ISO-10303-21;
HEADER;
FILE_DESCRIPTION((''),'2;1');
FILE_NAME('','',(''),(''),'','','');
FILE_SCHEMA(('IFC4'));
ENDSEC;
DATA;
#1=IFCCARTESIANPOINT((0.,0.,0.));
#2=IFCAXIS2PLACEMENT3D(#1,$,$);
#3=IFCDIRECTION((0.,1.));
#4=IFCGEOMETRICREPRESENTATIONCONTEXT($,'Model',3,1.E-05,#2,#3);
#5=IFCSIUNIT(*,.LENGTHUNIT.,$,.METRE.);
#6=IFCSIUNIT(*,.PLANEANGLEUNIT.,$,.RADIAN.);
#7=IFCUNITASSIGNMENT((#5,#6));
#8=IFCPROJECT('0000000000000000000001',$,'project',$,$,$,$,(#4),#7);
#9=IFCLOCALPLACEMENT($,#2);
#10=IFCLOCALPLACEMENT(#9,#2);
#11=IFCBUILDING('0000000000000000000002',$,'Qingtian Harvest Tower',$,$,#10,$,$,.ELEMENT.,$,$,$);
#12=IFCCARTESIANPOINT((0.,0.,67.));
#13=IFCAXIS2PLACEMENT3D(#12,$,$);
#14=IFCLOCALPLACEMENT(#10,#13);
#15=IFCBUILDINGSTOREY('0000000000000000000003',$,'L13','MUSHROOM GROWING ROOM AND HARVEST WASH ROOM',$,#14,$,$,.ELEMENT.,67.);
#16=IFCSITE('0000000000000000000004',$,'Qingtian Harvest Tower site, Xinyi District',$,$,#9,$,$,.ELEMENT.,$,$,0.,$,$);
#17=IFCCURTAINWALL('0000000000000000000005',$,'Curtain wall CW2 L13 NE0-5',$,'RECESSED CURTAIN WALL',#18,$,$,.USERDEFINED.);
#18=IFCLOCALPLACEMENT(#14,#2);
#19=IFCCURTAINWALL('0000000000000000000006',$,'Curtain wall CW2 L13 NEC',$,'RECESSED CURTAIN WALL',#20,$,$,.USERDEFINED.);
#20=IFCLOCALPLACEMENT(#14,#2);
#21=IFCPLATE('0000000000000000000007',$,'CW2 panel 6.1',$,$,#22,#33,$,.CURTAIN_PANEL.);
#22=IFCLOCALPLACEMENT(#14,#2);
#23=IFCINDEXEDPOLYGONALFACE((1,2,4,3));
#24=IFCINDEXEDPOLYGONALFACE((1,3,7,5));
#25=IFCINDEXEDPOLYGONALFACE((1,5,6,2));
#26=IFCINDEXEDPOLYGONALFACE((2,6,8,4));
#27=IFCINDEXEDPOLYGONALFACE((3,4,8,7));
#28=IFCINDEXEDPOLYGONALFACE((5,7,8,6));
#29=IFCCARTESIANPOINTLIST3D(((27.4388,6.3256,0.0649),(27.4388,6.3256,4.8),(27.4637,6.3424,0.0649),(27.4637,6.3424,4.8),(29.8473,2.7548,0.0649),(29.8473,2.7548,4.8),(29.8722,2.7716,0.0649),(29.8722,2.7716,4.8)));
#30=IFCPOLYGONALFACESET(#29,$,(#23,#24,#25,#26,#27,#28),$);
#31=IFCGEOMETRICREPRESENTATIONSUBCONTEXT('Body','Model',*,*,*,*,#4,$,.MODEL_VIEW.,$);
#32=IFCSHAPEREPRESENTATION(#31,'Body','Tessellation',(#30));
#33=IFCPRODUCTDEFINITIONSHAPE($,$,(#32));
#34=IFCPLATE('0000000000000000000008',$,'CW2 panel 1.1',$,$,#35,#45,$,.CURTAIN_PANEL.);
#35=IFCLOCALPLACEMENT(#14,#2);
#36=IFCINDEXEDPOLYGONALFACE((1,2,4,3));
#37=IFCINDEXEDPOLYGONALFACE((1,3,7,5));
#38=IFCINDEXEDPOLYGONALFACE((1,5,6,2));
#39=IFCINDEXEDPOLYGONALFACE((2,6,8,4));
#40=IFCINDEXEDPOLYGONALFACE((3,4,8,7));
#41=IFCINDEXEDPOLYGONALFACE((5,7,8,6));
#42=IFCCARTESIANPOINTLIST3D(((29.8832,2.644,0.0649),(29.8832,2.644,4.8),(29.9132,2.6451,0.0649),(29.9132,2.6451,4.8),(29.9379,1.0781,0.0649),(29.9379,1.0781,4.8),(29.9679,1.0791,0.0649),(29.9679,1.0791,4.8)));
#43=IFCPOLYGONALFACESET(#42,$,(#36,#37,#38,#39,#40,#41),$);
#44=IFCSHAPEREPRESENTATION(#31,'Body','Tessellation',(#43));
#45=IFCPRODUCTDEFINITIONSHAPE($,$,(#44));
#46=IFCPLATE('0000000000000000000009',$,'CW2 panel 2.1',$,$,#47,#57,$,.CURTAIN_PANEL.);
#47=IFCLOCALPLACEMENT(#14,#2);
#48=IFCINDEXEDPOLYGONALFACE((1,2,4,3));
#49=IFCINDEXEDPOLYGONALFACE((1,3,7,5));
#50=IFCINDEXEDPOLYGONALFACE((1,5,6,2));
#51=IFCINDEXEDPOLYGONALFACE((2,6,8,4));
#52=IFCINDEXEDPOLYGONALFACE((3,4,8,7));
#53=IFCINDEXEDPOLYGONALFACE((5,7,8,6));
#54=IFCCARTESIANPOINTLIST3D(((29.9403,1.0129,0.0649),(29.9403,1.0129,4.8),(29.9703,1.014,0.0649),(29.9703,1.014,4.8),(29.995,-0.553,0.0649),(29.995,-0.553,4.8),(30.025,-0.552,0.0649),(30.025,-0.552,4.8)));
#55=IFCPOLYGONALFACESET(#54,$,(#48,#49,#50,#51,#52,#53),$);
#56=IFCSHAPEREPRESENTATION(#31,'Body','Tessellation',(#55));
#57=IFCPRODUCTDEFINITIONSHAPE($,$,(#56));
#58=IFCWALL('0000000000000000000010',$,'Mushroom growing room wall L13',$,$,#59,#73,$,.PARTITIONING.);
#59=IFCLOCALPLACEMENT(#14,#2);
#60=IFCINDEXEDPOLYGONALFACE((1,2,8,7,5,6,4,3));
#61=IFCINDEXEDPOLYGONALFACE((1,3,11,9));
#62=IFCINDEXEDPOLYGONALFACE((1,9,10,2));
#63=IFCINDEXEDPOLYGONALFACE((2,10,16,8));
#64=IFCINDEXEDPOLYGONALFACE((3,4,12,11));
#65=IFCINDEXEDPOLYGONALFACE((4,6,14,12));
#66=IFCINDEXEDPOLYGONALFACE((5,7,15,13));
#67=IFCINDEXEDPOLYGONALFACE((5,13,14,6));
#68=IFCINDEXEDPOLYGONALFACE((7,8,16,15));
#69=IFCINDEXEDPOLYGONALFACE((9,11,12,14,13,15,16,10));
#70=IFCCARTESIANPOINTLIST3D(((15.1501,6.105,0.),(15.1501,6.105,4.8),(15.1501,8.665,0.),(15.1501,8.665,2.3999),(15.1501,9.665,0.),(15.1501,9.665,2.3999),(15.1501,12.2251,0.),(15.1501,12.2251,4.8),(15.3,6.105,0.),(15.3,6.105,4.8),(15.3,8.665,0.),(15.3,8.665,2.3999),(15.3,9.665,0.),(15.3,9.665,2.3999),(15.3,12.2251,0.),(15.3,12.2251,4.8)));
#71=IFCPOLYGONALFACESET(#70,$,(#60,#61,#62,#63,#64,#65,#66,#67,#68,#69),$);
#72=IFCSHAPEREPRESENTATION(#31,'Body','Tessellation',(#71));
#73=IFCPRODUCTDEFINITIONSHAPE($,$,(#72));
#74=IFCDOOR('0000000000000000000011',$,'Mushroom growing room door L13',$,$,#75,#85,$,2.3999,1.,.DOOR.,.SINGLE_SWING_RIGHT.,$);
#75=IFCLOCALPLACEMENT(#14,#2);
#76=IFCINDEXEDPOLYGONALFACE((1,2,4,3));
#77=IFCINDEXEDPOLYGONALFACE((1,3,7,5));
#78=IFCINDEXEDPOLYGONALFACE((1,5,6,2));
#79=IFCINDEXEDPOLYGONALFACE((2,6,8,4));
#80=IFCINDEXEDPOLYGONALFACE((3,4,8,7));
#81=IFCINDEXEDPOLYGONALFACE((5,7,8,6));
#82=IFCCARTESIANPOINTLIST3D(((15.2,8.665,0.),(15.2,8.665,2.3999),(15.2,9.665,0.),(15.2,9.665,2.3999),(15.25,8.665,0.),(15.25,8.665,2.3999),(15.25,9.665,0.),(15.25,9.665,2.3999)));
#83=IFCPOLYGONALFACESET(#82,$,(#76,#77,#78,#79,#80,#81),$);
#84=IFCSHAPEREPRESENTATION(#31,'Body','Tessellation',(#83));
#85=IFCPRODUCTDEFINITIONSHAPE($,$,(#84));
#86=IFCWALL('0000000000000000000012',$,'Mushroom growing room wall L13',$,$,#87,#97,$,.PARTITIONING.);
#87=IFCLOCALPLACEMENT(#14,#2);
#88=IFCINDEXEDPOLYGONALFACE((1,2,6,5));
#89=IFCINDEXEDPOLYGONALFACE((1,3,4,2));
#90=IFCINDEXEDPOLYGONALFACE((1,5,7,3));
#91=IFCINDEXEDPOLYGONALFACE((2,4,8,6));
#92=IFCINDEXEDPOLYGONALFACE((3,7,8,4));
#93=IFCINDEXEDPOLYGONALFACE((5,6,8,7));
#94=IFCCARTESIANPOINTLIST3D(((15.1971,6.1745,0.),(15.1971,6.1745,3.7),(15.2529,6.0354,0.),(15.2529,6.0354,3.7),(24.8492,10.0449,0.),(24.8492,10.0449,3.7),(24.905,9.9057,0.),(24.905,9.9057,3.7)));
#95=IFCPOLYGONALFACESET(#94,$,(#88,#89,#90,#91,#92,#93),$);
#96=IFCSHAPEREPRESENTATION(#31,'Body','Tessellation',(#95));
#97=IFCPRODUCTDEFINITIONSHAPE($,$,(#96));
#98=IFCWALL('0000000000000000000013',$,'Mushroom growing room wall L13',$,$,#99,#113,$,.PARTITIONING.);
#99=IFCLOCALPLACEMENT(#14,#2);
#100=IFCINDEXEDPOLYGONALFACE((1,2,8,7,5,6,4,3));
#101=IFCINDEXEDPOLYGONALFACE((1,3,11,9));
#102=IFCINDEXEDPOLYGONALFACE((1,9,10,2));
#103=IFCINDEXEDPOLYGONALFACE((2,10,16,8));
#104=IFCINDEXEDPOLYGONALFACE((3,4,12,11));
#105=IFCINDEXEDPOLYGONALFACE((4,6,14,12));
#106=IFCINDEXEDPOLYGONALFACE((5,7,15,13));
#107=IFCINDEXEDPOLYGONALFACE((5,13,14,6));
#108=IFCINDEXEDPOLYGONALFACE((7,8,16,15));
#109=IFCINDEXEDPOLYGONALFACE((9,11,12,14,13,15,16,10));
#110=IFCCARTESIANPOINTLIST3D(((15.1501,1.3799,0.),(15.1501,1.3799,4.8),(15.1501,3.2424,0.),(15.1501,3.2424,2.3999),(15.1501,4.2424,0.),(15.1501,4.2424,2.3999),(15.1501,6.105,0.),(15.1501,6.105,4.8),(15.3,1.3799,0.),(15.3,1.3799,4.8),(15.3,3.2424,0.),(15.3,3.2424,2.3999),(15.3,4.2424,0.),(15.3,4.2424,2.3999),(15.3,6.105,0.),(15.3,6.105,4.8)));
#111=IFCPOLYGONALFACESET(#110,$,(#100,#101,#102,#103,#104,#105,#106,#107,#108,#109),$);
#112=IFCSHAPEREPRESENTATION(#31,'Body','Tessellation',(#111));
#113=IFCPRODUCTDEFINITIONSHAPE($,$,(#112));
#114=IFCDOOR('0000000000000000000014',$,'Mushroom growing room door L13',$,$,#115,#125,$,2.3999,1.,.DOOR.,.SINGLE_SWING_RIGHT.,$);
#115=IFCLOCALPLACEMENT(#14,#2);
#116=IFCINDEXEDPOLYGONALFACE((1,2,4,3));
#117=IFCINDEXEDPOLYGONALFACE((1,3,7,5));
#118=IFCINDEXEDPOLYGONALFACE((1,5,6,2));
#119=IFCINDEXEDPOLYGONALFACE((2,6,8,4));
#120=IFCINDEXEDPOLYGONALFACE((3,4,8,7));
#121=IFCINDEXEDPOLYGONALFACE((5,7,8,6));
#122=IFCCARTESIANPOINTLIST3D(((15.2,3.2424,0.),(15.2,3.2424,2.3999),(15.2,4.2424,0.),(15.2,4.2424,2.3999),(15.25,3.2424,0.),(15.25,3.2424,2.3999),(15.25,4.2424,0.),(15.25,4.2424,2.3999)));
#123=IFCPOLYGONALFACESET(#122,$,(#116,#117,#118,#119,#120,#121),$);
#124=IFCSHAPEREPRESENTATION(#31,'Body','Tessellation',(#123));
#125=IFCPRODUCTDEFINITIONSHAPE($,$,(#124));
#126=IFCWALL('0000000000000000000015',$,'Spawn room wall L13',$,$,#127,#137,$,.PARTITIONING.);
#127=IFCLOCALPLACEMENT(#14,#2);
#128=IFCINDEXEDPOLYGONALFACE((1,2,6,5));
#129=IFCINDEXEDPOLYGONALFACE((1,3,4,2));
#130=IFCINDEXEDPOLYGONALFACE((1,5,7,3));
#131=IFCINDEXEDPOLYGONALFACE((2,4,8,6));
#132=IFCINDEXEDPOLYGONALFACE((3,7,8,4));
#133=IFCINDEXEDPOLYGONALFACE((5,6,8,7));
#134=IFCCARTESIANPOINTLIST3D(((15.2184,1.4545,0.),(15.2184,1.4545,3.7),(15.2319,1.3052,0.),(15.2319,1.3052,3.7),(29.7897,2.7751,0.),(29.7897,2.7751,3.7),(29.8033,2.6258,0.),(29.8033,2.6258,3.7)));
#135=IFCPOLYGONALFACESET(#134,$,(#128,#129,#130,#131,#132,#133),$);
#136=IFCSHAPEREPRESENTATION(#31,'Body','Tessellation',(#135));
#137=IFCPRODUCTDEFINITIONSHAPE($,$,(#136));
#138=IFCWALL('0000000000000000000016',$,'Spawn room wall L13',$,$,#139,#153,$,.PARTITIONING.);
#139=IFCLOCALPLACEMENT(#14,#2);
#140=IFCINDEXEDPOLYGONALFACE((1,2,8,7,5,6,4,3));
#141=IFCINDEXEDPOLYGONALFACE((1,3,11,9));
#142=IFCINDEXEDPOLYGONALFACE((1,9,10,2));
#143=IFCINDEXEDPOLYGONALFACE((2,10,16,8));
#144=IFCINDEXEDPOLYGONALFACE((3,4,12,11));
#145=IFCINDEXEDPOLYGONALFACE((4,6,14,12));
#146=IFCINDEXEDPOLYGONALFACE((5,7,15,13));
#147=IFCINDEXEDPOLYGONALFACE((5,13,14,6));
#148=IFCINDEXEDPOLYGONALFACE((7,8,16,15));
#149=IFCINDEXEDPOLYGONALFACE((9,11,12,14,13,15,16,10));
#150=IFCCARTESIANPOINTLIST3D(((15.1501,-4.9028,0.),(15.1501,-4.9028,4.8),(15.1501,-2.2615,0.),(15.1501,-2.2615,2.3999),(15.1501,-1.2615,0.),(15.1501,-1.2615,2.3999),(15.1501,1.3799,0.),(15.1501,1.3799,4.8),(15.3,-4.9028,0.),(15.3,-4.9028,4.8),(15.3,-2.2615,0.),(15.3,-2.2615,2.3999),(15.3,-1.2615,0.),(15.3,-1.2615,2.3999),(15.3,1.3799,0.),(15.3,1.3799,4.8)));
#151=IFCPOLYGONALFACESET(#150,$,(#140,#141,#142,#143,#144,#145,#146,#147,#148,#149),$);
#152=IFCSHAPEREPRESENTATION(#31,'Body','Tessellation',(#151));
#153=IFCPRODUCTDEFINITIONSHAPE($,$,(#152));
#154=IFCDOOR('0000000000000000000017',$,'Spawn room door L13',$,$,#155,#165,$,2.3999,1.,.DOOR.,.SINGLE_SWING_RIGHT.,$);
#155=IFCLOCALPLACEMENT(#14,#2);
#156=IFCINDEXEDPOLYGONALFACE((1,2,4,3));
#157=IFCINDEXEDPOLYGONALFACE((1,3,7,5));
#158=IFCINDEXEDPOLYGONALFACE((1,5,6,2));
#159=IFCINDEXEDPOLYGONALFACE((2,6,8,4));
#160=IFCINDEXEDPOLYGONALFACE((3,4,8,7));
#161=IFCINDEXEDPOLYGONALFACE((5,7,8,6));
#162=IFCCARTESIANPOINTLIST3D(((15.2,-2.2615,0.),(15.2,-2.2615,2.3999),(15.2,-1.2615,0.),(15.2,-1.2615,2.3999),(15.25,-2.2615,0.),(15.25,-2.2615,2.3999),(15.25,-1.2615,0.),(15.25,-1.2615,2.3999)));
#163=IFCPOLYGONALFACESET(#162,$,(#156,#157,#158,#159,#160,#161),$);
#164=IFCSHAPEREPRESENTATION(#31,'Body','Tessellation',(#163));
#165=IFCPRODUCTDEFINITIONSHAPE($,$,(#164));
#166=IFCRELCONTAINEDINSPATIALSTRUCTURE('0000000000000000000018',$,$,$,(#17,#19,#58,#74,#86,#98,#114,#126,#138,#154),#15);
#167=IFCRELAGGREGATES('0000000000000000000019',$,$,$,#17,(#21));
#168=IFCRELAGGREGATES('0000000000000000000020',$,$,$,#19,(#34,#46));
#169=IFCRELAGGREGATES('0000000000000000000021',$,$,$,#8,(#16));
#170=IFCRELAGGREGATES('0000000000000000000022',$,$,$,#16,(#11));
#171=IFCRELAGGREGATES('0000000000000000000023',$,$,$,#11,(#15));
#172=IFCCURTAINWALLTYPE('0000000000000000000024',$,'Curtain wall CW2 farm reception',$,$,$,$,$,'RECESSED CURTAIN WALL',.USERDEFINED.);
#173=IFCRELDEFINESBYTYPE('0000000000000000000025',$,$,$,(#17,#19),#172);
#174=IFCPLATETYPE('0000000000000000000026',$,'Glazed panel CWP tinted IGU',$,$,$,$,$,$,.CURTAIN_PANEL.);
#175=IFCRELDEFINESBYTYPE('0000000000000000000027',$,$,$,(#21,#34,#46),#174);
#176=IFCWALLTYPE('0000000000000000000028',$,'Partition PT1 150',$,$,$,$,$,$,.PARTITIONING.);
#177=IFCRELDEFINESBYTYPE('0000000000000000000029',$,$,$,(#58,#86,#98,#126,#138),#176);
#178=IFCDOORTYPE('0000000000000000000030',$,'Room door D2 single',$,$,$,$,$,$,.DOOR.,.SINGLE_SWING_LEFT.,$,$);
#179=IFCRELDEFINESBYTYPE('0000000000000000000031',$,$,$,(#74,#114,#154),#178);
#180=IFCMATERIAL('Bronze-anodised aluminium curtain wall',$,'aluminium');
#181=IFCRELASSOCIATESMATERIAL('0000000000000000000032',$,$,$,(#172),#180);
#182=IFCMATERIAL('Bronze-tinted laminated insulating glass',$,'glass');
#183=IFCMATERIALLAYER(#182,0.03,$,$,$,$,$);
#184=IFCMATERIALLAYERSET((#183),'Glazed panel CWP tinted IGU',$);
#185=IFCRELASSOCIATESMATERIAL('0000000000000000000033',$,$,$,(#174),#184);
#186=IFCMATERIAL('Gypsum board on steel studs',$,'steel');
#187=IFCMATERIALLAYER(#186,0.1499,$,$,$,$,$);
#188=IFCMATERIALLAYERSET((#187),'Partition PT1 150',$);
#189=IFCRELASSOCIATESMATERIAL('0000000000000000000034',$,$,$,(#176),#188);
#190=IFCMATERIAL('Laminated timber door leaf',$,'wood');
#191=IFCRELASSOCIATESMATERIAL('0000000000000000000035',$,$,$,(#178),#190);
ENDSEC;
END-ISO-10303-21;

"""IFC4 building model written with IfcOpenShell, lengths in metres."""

from ifc_helpers import new_model, si_unit, direction, frame, frame_2d, origin, origin_2d, place, context, subcontext, project, spatial, rectangle, extrude, material, layer, layer_set, type_object, element, fill, aggregate, save


model = new_model("IFC4")

# Units and contexts
model_context = context("Model", 3, precision=1e-05, world=origin(), true_north=direction((0.0, 1.0)))
body_context = subcontext(model_context, "Body", "Model", "MODEL_VIEW")
ifc_project = project(units=[si_unit("LENGTHUNIT", "METRE"), si_unit("PLANEANGLEUNIT", "RADIAN")], contexts=[model_context])

# Site, building, storey
site_placement = place(None, origin())
site = spatial("IfcSite", under=ifc_project, at=site_placement, Name="Qingtian Harvest Tower site, Xinyi District", CompositionType="ELEMENT", RefElevation=0.0)
building_placement = place(site_placement, origin())
building = spatial("IfcBuilding", under=site, at=building_placement, Name="Qingtian Harvest Tower", CompositionType="ELEMENT")
storey_placement = place(building_placement, frame((0.0, 0.0, 67.0)))
storey = spatial("IfcBuildingStorey", under=building, at=storey_placement, Name="L13", Description="MUSHROOM GROWING ROOM AND HARVEST WASH ROOM", CompositionType="ELEMENT", Elevation=67.0)

# Curtain walls
ifc_material_1 = material(Name="Bronze-anodised aluminium curtain wall", Category="aluminium")
curtain_wall_type = type_object("IfcCurtainWallType", Name="Curtain wall CW2 farm reception", ElementType="RECESSED CURTAIN WALL", PredefinedType="USERDEFINED", material=ifc_material_1)
curtain_wall_1_placement = place(storey_placement, origin())
curtain_wall_1 = element("IfcCurtainWall", 1, at=curtain_wall_1_placement, inside=storey, type_object=curtain_wall_type, Name="Curtain wall CW2 L13 NE0-5", ObjectType="RECESSED CURTAIN WALL", PredefinedType="USERDEFINED")
curtain_wall_2_placement = place(storey_placement, origin())
curtain_wall_2 = element("IfcCurtainWall", 2, at=curtain_wall_2_placement, inside=storey, type_object=curtain_wall_type, Name="Curtain wall CW2 L13 NEC", ObjectType="RECESSED CURTAIN WALL", PredefinedType="USERDEFINED")

# Plates
ifc_material_2 = material(Name="Bronze-tinted laminated insulating glass", Category="glass")
ifc_layer_1 = layer(ifc_material_2, 0.03)
ifc_layer_set_1 = layer_set([ifc_layer_1], Name="Glazed panel CWP tinted IGU")
plate_type = type_object("IfcPlateType", Name="Glazed panel CWP tinted IGU", PredefinedType="CURTAIN_PANEL", material=ifc_layer_set_1)
plate_1_placement = place(storey_placement, frame((28.6555, 4.5486, 0.0649), z_axis=(0.0, 0.0, 1.0), x_axis=(0.559193, -0.829038, 0.0)))
plate_1 = element("IfcPlate", 3, at=plate_1_placement, type_object=plate_type, Name="CW2 panel 6.1", PredefinedType="CURTAIN_PANEL", context=body_context, shape_type="SweptSolid", body=[
    extrude(rectangle(XDim=4.3071, YDim=0.03, at=origin_2d()), origin(), (0.0, 0.0, 1.0), 4.7351),
])
aggregate(curtain_wall_1, [plate_1])
plate_2_placement = place(storey_placement, frame((29.9255, 1.8616, 0.0649), z_axis=(0.0, 0.0, 1.0), x_axis=(0.034899, -0.999391, 0.0)))
plate_2 = element("IfcPlate", 4, at=plate_2_placement, type_object=plate_type, Name="CW2 panel 1.1", PredefinedType="CURTAIN_PANEL", context=body_context, shape_type="SweptSolid", body=[
    extrude(rectangle(XDim=1.5669, YDim=0.03, at=origin_2d()), origin(), (0.0, 0.0, 1.0), 4.7351),
])
plate_3_placement = place(storey_placement, frame((29.9827, 0.2305, 0.0649), z_axis=(0.0, 0.0, 1.0), x_axis=(0.034899, -0.999391, 0.0)))
plate_3 = element("IfcPlate", 5, at=plate_3_placement, type_object=plate_type, Name="CW2 panel 2.1", PredefinedType="CURTAIN_PANEL", context=body_context, shape_type="SweptSolid", body=[
    extrude(rectangle(XDim=1.5669, YDim=0.03, at=origin_2d()), origin(), (0.0, 0.0, 1.0), 4.7351),
])
aggregate(curtain_wall_2, [plate_2, plate_3])

# Wall, opening, door
ifc_material_3 = material(Name="Gypsum board on steel studs", Category="steel")
ifc_layer_2 = layer(ifc_material_3, 0.1499)
ifc_layer_set_2 = layer_set([ifc_layer_2], Name="Partition PT1 150")
wall_type = type_object("IfcWallType", Name="Partition PT1 150", PredefinedType="PARTITIONING", material=ifc_layer_set_2)
wall_1_placement = place(storey_placement, frame((15.2251, 12.2251, 0.0), z_axis=(0.0, 0.0, 1.0), x_axis=(0.0, -1.0, 0.0)))
wall_1 = element("IfcWall", 6, at=wall_1_placement, inside=storey, type_object=wall_type, Name="Mushroom growing room wall L13", PredefinedType="PARTITIONING", context=body_context, shape_type="SweptSolid", body=[
    extrude(rectangle(XDim=6.1201, YDim=0.1499, at=frame_2d((3.0601, 0.0))), origin(), (0.0, 0.0, 1.0), 4.8),
])
opening_1_placement = place(wall_1_placement, frame((2.5601, 0.0, 0.0)))
opening_1 = element("IfcOpeningElement", 7, at=opening_1_placement, cuts=wall_1, PredefinedType="OPENING", context=body_context, shape_type="SweptSolid", body=[
    extrude(rectangle(XDim=1.0, YDim=2.3999, at=frame_2d((0.5, 1.2))), frame((0.0, 0.085, 0.0), z_axis=(0.0, -1.0, 0.0), x_axis=(1.0, 0.0, 0.0)), (0.0, 0.0, 1.0), 0.1699),
])
ifc_material_4 = material(Name="Laminated timber door leaf", Category="wood")
door_type = type_object("IfcDoorType", Name="Room door D2 single", OperationType="SINGLE_SWING_LEFT", PredefinedType="DOOR", material=ifc_material_4)
door_1_placement = place(opening_1_placement, origin())
door_1 = element("IfcDoor", 8, at=door_1_placement, inside=storey, type_object=door_type, Name="Mushroom growing room door L13", OperationType="SINGLE_SWING_RIGHT", OverallHeight=2.3999, OverallWidth=1.0, PredefinedType="DOOR", context=body_context, shape_type="SweptSolid", body=[
    extrude(rectangle(XDim=1.0, YDim=2.3999, at=frame_2d((0.5, 1.2))), frame((0.0, 0.0249, 0.0), z_axis=(0.0, -1.0, 0.0), x_axis=(1.0, 0.0, 0.0)), (0.0, 0.0, 1.0), 0.05),
])
fill(opening_1, door_1)

# Wall
wall_2_placement = place(storey_placement, frame((24.8772, 9.9753, 0.0), z_axis=(0.0, 0.0, 1.0), x_axis=(-0.928161, -0.37218, 0.0)))
element("IfcWall", 9, at=wall_2_placement, inside=storey, type_object=wall_type, Name="Mushroom growing room wall L13", PredefinedType="PARTITIONING", context=body_context, shape_type="SweptSolid", body=[
    extrude(rectangle(XDim=10.3992, YDim=0.1499, at=frame_2d((5.1997, 0.0))), origin(), (0.0, 0.0, 1.0), 3.7),
])

# Wall, opening, door
wall_3_placement = place(storey_placement, frame((15.2251, 6.105, 0.0), z_axis=(0.0, 0.0, 1.0), x_axis=(0.0, -1.0, 0.0)))
wall_3 = element("IfcWall", 10, at=wall_3_placement, inside=storey, type_object=wall_type, Name="Mushroom growing room wall L13", PredefinedType="PARTITIONING", context=body_context, shape_type="SweptSolid", body=[
    extrude(rectangle(XDim=4.7251, YDim=0.1499, at=frame_2d((2.3625, 0.0))), origin(), (0.0, 0.0, 1.0), 4.8),
])
opening_2_placement = place(wall_3_placement, frame((1.8625, 0.0, 0.0)))
opening_2 = element("IfcOpeningElement", 11, at=opening_2_placement, cuts=wall_3, PredefinedType="OPENING", context=body_context, shape_type="SweptSolid", body=[
    extrude(rectangle(XDim=1.0, YDim=2.3999, at=frame_2d((0.5, 1.2))), frame((0.0, 0.085, 0.0), z_axis=(0.0, -1.0, 0.0), x_axis=(1.0, 0.0, 0.0)), (0.0, 0.0, 1.0), 0.1699),
])
door_2_placement = place(opening_2_placement, origin())
door_2 = element("IfcDoor", 12, at=door_2_placement, inside=storey, type_object=door_type, Name="Mushroom growing room door L13", OperationType="SINGLE_SWING_RIGHT", OverallHeight=2.3999, OverallWidth=1.0, PredefinedType="DOOR", context=body_context, shape_type="SweptSolid", body=[
    extrude(rectangle(XDim=1.0, YDim=2.3999, at=frame_2d((0.5, 1.2))), frame((0.0, 0.0249, 0.0), z_axis=(0.0, -1.0, 0.0), x_axis=(1.0, 0.0, 0.0)), (0.0, 0.0, 1.0), 0.05),
])
fill(opening_2, door_2)

# Wall
wall_4_placement = place(storey_placement, frame((29.7964, 2.7004, 0.0), z_axis=(0.0, 0.0, 1.0), x_axis=(-0.995918, -0.090257, 0.0)))
element("IfcWall", 13, at=wall_4_placement, inside=storey, type_object=wall_type, Name="Spawn room wall L13", PredefinedType="PARTITIONING", context=body_context, shape_type="SweptSolid", body=[
    extrude(rectangle(XDim=14.6311, YDim=0.1499, at=frame_2d((7.3154, 0.0))), origin(), (0.0, 0.0, 1.0), 3.7),
])

# Wall, opening, door
wall_5_placement = place(storey_placement, frame((15.2251, 1.3799, 0.0), z_axis=(0.0, 0.0, 1.0), x_axis=(0.0, -1.0, 0.0)))
wall_5 = element("IfcWall", 14, at=wall_5_placement, inside=storey, type_object=wall_type, Name="Spawn room wall L13", PredefinedType="PARTITIONING", context=body_context, shape_type="SweptSolid", body=[
    extrude(rectangle(XDim=6.2827, YDim=0.1499, at=frame_2d((3.1414, 0.0))), origin(), (0.0, 0.0, 1.0), 4.8),
])
opening_3_placement = place(wall_5_placement, frame((2.6414, 0.0, 0.0)))
opening_3 = element("IfcOpeningElement", 15, at=opening_3_placement, cuts=wall_5, PredefinedType="OPENING", context=body_context, shape_type="SweptSolid", body=[
    extrude(rectangle(XDim=1.0, YDim=2.3999, at=frame_2d((0.5, 1.2))), frame((0.0, 0.085, 0.0), z_axis=(0.0, -1.0, 0.0), x_axis=(1.0, 0.0, 0.0)), (0.0, 0.0, 1.0), 0.1699),
])
door_3_placement = place(opening_3_placement, origin())
door_3 = element("IfcDoor", 16, at=door_3_placement, inside=storey, type_object=door_type, Name="Spawn room door L13", OperationType="SINGLE_SWING_RIGHT", OverallHeight=2.3999, OverallWidth=1.0, PredefinedType="DOOR", context=body_context, shape_type="SweptSolid", body=[
    extrude(rectangle(XDim=1.0, YDim=2.3999, at=frame_2d((0.5, 1.2))), frame((0.0, 0.0249, 0.0), z_axis=(0.0, -1.0, 0.0), x_axis=(1.0, 0.0, 0.0)), (0.0, 0.0, 1.0), 0.05),
])
fill(opening_3, door_3)

save(model, "model.ifc")
